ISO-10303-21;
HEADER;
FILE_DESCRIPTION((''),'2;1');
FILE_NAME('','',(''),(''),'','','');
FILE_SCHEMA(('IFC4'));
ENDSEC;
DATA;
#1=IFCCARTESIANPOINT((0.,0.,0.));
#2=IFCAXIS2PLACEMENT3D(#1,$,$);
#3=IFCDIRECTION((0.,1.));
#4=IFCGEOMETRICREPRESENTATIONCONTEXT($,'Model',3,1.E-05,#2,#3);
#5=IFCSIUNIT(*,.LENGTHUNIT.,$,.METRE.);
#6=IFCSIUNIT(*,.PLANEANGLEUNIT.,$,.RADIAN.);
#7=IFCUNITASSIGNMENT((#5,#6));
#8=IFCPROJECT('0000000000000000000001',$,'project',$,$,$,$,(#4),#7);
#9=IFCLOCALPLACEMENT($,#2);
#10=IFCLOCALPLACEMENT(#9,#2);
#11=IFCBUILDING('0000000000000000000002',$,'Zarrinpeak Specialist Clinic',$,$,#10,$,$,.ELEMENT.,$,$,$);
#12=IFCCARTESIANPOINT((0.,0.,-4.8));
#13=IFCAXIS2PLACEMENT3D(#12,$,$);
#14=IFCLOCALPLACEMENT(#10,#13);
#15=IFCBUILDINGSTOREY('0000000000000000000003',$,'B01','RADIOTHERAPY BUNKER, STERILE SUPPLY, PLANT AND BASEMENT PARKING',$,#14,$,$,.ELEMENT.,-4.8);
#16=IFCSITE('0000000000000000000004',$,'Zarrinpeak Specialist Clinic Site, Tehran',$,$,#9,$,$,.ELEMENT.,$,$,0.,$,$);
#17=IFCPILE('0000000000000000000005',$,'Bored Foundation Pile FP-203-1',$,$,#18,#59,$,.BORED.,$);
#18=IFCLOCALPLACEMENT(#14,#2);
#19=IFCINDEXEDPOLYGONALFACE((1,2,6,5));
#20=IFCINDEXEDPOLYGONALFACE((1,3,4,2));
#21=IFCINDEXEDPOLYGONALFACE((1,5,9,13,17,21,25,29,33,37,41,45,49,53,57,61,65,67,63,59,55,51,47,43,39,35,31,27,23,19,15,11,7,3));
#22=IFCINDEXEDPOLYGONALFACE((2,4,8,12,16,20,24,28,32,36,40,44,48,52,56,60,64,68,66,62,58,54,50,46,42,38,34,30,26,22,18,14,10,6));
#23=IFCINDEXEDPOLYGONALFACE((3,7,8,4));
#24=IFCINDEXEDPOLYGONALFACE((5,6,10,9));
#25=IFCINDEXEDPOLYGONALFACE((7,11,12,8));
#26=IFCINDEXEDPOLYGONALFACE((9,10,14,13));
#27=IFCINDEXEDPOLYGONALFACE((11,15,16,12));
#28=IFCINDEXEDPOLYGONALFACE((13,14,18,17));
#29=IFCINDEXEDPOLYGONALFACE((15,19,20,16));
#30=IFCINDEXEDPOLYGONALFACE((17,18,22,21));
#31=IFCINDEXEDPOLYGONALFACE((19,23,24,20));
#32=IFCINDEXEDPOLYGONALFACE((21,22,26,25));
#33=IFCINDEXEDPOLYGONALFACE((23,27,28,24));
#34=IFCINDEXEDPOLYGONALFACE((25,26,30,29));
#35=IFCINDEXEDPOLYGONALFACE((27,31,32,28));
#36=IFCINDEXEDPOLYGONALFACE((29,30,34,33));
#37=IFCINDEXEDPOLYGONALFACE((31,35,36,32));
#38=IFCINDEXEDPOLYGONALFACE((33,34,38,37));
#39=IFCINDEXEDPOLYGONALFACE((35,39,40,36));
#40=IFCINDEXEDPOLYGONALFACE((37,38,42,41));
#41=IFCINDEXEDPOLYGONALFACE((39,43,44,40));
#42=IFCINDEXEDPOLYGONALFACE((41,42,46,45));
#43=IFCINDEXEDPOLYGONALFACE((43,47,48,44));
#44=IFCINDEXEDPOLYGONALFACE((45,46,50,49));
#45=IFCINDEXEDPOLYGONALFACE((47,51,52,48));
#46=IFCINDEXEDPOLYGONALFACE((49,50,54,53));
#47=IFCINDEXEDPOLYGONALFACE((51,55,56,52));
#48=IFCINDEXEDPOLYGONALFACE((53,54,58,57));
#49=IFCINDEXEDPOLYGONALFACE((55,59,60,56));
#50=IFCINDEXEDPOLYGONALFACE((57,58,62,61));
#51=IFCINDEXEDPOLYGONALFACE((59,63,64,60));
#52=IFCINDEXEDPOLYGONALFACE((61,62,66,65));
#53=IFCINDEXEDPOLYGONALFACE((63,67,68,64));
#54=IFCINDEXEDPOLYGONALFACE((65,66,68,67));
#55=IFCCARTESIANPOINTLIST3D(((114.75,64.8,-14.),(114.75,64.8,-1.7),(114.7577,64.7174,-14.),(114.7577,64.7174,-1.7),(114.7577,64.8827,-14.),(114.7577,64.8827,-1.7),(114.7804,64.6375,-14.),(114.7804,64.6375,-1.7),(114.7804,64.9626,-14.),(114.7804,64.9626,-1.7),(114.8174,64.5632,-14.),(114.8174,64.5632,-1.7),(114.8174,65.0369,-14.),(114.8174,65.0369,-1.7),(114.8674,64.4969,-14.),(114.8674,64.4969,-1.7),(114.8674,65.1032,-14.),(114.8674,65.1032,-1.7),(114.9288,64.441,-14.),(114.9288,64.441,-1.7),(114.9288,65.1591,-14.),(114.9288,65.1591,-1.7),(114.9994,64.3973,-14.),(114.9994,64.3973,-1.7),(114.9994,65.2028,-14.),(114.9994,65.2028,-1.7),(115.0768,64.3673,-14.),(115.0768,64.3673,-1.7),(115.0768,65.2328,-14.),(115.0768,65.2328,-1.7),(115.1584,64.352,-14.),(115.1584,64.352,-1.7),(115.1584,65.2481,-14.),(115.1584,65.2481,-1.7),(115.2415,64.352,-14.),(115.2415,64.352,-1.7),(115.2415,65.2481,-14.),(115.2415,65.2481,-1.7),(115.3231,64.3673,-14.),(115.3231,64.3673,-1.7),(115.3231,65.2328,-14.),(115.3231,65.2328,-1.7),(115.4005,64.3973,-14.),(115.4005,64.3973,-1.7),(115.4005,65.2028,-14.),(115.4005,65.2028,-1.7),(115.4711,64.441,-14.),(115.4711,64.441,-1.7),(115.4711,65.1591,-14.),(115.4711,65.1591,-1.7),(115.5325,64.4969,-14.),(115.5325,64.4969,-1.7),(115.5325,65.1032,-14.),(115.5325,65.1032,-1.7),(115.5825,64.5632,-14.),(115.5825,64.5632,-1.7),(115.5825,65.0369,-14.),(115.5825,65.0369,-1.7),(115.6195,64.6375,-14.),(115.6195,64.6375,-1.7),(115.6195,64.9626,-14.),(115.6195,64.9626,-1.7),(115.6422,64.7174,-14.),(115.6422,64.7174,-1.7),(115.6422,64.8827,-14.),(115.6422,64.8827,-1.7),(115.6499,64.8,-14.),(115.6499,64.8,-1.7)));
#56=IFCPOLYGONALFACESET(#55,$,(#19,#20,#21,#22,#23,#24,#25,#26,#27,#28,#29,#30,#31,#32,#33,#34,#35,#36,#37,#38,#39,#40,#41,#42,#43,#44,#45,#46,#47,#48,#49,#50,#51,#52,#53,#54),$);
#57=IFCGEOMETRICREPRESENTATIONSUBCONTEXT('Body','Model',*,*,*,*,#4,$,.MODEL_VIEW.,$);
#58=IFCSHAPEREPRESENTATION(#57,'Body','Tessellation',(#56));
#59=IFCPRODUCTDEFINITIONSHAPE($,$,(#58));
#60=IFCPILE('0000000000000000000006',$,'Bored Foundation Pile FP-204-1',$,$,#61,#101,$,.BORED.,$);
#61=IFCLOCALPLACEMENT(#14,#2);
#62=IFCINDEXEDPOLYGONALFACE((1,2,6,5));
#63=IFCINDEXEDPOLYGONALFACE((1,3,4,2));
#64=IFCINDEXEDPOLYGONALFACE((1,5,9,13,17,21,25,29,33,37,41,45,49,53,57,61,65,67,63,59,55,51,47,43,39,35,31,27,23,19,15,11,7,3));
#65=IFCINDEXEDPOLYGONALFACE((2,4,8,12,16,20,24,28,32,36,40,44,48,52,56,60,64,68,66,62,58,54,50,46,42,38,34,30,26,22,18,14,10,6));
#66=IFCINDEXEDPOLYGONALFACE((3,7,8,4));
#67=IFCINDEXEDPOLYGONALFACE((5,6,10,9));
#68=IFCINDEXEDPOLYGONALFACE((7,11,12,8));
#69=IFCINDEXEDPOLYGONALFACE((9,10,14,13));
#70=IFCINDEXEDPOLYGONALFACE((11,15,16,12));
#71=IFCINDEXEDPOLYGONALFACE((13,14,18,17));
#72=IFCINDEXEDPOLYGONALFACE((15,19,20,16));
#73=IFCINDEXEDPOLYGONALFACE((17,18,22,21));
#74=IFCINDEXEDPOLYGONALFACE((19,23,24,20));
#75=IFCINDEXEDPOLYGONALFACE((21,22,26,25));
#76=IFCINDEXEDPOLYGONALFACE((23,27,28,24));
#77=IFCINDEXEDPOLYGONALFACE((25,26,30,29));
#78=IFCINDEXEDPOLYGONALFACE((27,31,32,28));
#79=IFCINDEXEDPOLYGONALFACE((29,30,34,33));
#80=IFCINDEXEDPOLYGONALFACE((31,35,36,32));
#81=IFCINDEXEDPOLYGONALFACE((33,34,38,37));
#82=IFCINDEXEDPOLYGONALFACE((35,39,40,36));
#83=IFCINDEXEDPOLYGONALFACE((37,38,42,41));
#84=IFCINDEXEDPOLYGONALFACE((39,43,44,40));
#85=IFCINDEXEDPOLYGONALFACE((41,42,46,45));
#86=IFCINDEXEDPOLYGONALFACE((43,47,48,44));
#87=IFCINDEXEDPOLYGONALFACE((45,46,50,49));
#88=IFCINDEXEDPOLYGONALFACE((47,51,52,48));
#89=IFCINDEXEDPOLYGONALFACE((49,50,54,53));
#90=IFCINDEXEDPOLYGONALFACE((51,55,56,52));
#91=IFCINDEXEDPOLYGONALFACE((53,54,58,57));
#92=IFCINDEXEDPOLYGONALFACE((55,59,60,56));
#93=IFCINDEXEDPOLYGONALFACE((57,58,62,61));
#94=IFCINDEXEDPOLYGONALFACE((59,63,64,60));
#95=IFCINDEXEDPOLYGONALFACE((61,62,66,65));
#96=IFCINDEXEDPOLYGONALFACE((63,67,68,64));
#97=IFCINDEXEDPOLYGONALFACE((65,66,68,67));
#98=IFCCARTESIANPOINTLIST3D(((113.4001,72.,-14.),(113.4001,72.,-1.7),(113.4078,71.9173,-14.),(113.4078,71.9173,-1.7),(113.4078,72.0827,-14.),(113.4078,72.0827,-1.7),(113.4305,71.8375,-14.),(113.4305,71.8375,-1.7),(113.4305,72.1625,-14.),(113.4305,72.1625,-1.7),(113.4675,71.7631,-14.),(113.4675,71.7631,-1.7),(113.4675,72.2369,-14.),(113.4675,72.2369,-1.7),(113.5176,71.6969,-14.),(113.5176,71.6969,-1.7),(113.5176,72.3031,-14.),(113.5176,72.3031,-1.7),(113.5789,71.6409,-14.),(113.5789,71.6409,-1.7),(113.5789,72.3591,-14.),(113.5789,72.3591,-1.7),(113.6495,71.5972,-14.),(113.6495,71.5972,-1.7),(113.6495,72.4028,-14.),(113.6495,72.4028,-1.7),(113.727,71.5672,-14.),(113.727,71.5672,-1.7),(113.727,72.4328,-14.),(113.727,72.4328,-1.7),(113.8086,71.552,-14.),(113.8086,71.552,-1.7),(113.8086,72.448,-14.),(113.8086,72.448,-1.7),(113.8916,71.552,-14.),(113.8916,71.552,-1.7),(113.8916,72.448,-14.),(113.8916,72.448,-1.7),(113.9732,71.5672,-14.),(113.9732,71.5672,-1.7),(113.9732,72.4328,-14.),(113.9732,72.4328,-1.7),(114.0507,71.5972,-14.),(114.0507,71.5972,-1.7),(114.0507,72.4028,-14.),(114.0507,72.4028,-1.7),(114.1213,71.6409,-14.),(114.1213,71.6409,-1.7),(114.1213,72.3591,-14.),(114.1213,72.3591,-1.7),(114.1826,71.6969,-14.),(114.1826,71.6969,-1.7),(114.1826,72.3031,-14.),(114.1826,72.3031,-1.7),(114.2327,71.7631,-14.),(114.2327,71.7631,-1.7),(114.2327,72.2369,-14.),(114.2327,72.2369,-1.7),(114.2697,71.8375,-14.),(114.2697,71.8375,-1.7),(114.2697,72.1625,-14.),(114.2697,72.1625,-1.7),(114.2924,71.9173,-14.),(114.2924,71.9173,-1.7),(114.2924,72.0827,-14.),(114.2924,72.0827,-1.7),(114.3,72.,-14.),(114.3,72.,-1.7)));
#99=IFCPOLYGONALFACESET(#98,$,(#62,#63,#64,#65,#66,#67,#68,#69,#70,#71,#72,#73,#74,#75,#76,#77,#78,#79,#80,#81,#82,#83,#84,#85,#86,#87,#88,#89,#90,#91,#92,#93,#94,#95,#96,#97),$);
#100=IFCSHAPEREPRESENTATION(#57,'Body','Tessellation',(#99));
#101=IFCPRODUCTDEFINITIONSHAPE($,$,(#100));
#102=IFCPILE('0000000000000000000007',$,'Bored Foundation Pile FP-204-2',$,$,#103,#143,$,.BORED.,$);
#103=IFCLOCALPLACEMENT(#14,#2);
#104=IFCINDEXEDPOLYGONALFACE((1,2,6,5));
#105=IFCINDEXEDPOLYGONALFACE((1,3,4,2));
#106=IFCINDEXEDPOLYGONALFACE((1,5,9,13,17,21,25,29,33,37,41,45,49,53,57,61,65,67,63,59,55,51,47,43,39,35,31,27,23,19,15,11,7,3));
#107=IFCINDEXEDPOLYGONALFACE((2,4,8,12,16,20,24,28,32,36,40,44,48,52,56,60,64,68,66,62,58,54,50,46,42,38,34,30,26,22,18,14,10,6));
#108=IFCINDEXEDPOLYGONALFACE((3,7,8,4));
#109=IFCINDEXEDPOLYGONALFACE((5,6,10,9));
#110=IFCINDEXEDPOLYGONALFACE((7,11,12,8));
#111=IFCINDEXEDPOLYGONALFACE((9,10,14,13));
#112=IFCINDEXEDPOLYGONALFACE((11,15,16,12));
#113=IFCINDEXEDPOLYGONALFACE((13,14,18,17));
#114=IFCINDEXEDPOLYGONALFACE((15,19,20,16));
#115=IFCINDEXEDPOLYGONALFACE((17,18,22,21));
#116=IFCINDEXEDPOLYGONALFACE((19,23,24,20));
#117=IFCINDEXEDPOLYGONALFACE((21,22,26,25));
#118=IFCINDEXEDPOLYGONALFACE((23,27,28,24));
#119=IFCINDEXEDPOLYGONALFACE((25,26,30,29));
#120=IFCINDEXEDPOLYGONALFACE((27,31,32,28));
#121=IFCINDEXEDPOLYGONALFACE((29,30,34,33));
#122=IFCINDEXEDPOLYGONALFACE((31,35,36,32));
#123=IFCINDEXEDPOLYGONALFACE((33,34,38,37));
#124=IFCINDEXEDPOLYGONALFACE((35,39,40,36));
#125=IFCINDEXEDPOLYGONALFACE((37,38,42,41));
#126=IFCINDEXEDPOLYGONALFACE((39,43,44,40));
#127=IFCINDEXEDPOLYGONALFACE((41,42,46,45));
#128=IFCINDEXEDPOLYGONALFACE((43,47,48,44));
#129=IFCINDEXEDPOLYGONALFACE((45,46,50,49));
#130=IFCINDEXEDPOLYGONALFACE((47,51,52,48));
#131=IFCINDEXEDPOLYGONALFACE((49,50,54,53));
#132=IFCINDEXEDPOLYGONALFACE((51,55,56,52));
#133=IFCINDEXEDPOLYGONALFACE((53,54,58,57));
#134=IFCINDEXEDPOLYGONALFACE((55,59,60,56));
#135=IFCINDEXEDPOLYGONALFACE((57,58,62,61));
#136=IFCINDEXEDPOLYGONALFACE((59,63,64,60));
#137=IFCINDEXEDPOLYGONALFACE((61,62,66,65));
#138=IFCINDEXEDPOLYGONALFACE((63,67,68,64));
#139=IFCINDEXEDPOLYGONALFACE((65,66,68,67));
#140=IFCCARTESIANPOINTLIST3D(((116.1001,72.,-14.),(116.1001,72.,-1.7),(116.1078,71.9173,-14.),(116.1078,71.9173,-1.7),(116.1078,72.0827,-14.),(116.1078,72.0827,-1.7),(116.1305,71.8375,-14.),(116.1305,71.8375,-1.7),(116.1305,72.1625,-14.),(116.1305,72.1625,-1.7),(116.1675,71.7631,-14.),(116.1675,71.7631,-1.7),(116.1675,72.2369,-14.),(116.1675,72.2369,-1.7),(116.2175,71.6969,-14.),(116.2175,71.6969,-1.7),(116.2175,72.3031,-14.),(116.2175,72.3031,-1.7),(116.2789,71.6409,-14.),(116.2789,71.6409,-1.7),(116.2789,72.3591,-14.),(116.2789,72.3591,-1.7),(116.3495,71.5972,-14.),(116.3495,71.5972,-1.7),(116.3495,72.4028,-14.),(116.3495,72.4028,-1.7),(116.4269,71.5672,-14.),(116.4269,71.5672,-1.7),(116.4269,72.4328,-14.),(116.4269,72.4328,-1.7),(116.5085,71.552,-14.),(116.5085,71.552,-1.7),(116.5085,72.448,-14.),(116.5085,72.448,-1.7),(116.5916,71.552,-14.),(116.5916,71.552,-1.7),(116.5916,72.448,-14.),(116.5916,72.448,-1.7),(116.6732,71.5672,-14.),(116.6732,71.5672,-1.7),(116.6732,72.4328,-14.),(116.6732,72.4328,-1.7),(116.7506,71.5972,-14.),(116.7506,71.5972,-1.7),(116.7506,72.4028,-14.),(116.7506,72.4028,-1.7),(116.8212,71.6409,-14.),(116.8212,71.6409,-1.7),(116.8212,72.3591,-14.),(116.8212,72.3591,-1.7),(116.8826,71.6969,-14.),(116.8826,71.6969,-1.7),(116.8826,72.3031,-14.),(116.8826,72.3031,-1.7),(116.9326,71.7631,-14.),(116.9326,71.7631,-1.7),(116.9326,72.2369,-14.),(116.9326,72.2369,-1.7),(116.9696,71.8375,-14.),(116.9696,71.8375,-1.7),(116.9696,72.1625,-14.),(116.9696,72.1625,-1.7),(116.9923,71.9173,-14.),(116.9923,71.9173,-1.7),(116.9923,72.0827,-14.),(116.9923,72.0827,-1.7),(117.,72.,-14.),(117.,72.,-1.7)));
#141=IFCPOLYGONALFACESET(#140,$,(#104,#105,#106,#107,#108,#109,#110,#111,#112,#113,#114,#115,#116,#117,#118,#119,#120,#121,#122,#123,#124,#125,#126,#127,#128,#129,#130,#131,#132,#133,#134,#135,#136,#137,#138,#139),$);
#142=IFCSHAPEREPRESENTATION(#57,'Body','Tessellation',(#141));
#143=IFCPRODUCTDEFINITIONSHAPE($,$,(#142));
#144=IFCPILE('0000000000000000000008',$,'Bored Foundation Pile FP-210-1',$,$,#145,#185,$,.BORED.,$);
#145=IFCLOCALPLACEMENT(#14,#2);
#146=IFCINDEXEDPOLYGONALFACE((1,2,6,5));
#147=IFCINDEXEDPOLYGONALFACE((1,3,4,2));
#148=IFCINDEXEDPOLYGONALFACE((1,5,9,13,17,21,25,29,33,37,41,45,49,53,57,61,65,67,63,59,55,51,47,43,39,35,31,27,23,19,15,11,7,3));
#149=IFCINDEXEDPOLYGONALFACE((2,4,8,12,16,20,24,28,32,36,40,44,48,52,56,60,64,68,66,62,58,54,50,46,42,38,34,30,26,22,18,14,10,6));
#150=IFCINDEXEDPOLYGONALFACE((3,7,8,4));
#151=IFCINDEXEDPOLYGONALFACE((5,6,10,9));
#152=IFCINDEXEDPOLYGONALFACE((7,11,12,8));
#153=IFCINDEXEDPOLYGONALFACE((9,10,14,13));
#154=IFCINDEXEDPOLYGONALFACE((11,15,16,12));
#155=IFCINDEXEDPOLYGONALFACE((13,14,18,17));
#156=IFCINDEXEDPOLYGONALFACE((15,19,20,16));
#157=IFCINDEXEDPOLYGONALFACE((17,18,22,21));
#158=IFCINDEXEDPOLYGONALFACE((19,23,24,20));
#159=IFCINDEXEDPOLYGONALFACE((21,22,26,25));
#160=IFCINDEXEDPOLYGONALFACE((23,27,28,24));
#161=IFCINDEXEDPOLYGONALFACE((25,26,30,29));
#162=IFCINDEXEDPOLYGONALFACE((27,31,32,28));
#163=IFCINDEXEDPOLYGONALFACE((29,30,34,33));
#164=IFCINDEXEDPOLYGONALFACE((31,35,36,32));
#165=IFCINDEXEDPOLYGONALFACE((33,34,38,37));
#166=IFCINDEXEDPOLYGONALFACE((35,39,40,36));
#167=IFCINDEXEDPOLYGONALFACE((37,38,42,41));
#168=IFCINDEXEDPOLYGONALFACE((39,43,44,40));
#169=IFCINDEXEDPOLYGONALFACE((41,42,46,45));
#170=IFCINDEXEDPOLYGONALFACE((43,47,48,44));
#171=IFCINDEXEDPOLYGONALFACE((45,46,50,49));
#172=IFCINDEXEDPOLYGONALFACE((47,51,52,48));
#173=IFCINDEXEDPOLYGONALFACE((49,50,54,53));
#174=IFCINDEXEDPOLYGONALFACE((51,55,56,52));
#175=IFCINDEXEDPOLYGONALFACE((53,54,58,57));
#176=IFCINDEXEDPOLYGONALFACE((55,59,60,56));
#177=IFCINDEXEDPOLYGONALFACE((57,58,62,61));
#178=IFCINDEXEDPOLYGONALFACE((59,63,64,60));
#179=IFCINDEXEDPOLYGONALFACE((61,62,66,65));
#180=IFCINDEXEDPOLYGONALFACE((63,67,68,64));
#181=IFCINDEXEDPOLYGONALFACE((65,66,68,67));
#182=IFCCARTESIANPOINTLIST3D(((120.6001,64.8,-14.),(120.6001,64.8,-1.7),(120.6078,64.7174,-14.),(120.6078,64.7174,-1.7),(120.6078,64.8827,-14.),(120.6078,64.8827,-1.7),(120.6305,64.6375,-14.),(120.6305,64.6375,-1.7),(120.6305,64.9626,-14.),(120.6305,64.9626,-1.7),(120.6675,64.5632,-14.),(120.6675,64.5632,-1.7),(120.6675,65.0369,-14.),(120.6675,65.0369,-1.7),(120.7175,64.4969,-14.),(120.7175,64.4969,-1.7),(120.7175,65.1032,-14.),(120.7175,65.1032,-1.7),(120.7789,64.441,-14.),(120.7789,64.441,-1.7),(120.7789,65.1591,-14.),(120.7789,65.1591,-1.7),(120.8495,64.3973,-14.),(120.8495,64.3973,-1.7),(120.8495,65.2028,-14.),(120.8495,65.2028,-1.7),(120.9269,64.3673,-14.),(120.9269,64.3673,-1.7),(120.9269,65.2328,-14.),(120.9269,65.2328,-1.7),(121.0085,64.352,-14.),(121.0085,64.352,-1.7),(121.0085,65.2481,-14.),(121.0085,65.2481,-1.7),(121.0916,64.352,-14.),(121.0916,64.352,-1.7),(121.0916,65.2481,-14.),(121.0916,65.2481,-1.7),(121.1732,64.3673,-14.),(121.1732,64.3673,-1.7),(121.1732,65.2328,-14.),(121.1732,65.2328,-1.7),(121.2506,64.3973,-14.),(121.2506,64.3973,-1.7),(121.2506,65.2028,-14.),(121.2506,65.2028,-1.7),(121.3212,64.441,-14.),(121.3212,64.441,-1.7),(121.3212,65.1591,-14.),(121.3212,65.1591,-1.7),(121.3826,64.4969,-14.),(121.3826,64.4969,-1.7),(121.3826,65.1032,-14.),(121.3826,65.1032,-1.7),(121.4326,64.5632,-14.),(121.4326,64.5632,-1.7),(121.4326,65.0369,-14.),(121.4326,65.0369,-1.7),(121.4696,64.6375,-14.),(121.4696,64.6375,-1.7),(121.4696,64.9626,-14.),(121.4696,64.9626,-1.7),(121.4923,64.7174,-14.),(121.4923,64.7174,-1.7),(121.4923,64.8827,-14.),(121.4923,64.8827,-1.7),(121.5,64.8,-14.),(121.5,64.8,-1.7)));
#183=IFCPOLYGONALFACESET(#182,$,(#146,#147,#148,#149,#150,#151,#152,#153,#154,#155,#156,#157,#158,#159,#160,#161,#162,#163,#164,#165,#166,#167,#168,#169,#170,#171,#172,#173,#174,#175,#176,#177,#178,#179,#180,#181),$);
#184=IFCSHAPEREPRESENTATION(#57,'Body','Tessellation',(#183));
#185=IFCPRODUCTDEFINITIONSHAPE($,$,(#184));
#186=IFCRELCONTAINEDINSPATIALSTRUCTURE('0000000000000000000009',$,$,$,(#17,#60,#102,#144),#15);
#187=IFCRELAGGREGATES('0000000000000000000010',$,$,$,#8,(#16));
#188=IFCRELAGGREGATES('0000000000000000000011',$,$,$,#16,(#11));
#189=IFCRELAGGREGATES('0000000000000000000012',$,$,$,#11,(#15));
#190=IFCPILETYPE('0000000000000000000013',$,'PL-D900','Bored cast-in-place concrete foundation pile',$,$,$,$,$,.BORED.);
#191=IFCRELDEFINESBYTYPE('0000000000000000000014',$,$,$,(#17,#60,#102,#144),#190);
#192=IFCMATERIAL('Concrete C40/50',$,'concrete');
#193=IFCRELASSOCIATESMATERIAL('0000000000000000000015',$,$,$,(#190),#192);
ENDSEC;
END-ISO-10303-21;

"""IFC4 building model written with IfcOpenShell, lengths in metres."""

from ifc_helpers import new_model, si_unit, direction, frame, origin, origin_2d, place, context, subcontext, project, spatial, circle, extrude, material, material_profile, profile_set, type_object, element, save


model = new_model("IFC4")

# Units and contexts
model_context = context("Model", 3, precision=1e-05, world=origin(), true_north=direction((0.0, 1.0)))
body_context = subcontext(model_context, "Body", "Model", "MODEL_VIEW")
ifc_project = project(units=[si_unit("LENGTHUNIT", "METRE"), si_unit("PLANEANGLEUNIT", "RADIAN")], contexts=[model_context])

# Site, building, storey
site_placement = place(None, origin())
site = spatial("IfcSite", under=ifc_project, at=site_placement, Name="Zarrinpeak Specialist Clinic Site, Tehran", CompositionType="ELEMENT", RefElevation=0.0)
building_placement = place(site_placement, origin())
building = spatial("IfcBuilding", under=site, at=building_placement, Name="Zarrinpeak Specialist Clinic", CompositionType="ELEMENT")
storey_placement = place(building_placement, frame((0.0, 0.0, -4.8)))
storey = spatial("IfcBuildingStorey", under=building, at=storey_placement, Name="B01", Description="RADIOTHERAPY BUNKER, STERILE SUPPLY, PLANT AND BASEMENT PARKING", CompositionType="ELEMENT", Elevation=-4.8)

# Shared definitions
ifc_material = material(Name="Concrete C40/50", Category="concrete")

# Piles
ifc_material_profile_1 = material_profile(ifc_material, circle(Radius=0.45, at=origin_2d()), Name="BORED PILE D900")
ifc_profile_set_1 = profile_set([ifc_material_profile_1], Name="Concrete C40/50")
pile_type = type_object("IfcPileType", Name="PL-D900", Description="Bored cast-in-place concrete foundation pile", PredefinedType="BORED", material=ifc_profile_set_1)
for number, where, z_axis, x_axis, name in (
    (1, (115.2, 64.8, -1.7), (0.0, 0.0, -1.0), (1.0, 0.0, 0.0), "Bored Foundation Pile FP-203-1"),
    (2, (113.8501, 72.0, -1.7), (0.0, 0.0, -1.0), (1.0, 0.0, 0.0), "Bored Foundation Pile FP-204-1"),
    (3, (116.55, 72.0, -1.7), (0.0, 0.0, -1.0), (1.0, 0.0, 0.0), "Bored Foundation Pile FP-204-2"),
    (4, (121.05, 64.8, -1.7), (0.0, 0.0, -1.0), (1.0, 0.0, 0.0), "Bored Foundation Pile FP-210-1"),
):
    element("IfcPile", number, at=place(storey_placement, frame(where, z_axis=z_axis, x_axis=x_axis)), inside=storey, type_object=pile_type, Name=name, PredefinedType="BORED", context=body_context, shape_type="SweptSolid", body=[
        extrude(circle(Radius=0.45, at=origin_2d()), origin(), (0.0, 0.0, 1.0), 12.3),
    ])

save(model, "model.ifc")
